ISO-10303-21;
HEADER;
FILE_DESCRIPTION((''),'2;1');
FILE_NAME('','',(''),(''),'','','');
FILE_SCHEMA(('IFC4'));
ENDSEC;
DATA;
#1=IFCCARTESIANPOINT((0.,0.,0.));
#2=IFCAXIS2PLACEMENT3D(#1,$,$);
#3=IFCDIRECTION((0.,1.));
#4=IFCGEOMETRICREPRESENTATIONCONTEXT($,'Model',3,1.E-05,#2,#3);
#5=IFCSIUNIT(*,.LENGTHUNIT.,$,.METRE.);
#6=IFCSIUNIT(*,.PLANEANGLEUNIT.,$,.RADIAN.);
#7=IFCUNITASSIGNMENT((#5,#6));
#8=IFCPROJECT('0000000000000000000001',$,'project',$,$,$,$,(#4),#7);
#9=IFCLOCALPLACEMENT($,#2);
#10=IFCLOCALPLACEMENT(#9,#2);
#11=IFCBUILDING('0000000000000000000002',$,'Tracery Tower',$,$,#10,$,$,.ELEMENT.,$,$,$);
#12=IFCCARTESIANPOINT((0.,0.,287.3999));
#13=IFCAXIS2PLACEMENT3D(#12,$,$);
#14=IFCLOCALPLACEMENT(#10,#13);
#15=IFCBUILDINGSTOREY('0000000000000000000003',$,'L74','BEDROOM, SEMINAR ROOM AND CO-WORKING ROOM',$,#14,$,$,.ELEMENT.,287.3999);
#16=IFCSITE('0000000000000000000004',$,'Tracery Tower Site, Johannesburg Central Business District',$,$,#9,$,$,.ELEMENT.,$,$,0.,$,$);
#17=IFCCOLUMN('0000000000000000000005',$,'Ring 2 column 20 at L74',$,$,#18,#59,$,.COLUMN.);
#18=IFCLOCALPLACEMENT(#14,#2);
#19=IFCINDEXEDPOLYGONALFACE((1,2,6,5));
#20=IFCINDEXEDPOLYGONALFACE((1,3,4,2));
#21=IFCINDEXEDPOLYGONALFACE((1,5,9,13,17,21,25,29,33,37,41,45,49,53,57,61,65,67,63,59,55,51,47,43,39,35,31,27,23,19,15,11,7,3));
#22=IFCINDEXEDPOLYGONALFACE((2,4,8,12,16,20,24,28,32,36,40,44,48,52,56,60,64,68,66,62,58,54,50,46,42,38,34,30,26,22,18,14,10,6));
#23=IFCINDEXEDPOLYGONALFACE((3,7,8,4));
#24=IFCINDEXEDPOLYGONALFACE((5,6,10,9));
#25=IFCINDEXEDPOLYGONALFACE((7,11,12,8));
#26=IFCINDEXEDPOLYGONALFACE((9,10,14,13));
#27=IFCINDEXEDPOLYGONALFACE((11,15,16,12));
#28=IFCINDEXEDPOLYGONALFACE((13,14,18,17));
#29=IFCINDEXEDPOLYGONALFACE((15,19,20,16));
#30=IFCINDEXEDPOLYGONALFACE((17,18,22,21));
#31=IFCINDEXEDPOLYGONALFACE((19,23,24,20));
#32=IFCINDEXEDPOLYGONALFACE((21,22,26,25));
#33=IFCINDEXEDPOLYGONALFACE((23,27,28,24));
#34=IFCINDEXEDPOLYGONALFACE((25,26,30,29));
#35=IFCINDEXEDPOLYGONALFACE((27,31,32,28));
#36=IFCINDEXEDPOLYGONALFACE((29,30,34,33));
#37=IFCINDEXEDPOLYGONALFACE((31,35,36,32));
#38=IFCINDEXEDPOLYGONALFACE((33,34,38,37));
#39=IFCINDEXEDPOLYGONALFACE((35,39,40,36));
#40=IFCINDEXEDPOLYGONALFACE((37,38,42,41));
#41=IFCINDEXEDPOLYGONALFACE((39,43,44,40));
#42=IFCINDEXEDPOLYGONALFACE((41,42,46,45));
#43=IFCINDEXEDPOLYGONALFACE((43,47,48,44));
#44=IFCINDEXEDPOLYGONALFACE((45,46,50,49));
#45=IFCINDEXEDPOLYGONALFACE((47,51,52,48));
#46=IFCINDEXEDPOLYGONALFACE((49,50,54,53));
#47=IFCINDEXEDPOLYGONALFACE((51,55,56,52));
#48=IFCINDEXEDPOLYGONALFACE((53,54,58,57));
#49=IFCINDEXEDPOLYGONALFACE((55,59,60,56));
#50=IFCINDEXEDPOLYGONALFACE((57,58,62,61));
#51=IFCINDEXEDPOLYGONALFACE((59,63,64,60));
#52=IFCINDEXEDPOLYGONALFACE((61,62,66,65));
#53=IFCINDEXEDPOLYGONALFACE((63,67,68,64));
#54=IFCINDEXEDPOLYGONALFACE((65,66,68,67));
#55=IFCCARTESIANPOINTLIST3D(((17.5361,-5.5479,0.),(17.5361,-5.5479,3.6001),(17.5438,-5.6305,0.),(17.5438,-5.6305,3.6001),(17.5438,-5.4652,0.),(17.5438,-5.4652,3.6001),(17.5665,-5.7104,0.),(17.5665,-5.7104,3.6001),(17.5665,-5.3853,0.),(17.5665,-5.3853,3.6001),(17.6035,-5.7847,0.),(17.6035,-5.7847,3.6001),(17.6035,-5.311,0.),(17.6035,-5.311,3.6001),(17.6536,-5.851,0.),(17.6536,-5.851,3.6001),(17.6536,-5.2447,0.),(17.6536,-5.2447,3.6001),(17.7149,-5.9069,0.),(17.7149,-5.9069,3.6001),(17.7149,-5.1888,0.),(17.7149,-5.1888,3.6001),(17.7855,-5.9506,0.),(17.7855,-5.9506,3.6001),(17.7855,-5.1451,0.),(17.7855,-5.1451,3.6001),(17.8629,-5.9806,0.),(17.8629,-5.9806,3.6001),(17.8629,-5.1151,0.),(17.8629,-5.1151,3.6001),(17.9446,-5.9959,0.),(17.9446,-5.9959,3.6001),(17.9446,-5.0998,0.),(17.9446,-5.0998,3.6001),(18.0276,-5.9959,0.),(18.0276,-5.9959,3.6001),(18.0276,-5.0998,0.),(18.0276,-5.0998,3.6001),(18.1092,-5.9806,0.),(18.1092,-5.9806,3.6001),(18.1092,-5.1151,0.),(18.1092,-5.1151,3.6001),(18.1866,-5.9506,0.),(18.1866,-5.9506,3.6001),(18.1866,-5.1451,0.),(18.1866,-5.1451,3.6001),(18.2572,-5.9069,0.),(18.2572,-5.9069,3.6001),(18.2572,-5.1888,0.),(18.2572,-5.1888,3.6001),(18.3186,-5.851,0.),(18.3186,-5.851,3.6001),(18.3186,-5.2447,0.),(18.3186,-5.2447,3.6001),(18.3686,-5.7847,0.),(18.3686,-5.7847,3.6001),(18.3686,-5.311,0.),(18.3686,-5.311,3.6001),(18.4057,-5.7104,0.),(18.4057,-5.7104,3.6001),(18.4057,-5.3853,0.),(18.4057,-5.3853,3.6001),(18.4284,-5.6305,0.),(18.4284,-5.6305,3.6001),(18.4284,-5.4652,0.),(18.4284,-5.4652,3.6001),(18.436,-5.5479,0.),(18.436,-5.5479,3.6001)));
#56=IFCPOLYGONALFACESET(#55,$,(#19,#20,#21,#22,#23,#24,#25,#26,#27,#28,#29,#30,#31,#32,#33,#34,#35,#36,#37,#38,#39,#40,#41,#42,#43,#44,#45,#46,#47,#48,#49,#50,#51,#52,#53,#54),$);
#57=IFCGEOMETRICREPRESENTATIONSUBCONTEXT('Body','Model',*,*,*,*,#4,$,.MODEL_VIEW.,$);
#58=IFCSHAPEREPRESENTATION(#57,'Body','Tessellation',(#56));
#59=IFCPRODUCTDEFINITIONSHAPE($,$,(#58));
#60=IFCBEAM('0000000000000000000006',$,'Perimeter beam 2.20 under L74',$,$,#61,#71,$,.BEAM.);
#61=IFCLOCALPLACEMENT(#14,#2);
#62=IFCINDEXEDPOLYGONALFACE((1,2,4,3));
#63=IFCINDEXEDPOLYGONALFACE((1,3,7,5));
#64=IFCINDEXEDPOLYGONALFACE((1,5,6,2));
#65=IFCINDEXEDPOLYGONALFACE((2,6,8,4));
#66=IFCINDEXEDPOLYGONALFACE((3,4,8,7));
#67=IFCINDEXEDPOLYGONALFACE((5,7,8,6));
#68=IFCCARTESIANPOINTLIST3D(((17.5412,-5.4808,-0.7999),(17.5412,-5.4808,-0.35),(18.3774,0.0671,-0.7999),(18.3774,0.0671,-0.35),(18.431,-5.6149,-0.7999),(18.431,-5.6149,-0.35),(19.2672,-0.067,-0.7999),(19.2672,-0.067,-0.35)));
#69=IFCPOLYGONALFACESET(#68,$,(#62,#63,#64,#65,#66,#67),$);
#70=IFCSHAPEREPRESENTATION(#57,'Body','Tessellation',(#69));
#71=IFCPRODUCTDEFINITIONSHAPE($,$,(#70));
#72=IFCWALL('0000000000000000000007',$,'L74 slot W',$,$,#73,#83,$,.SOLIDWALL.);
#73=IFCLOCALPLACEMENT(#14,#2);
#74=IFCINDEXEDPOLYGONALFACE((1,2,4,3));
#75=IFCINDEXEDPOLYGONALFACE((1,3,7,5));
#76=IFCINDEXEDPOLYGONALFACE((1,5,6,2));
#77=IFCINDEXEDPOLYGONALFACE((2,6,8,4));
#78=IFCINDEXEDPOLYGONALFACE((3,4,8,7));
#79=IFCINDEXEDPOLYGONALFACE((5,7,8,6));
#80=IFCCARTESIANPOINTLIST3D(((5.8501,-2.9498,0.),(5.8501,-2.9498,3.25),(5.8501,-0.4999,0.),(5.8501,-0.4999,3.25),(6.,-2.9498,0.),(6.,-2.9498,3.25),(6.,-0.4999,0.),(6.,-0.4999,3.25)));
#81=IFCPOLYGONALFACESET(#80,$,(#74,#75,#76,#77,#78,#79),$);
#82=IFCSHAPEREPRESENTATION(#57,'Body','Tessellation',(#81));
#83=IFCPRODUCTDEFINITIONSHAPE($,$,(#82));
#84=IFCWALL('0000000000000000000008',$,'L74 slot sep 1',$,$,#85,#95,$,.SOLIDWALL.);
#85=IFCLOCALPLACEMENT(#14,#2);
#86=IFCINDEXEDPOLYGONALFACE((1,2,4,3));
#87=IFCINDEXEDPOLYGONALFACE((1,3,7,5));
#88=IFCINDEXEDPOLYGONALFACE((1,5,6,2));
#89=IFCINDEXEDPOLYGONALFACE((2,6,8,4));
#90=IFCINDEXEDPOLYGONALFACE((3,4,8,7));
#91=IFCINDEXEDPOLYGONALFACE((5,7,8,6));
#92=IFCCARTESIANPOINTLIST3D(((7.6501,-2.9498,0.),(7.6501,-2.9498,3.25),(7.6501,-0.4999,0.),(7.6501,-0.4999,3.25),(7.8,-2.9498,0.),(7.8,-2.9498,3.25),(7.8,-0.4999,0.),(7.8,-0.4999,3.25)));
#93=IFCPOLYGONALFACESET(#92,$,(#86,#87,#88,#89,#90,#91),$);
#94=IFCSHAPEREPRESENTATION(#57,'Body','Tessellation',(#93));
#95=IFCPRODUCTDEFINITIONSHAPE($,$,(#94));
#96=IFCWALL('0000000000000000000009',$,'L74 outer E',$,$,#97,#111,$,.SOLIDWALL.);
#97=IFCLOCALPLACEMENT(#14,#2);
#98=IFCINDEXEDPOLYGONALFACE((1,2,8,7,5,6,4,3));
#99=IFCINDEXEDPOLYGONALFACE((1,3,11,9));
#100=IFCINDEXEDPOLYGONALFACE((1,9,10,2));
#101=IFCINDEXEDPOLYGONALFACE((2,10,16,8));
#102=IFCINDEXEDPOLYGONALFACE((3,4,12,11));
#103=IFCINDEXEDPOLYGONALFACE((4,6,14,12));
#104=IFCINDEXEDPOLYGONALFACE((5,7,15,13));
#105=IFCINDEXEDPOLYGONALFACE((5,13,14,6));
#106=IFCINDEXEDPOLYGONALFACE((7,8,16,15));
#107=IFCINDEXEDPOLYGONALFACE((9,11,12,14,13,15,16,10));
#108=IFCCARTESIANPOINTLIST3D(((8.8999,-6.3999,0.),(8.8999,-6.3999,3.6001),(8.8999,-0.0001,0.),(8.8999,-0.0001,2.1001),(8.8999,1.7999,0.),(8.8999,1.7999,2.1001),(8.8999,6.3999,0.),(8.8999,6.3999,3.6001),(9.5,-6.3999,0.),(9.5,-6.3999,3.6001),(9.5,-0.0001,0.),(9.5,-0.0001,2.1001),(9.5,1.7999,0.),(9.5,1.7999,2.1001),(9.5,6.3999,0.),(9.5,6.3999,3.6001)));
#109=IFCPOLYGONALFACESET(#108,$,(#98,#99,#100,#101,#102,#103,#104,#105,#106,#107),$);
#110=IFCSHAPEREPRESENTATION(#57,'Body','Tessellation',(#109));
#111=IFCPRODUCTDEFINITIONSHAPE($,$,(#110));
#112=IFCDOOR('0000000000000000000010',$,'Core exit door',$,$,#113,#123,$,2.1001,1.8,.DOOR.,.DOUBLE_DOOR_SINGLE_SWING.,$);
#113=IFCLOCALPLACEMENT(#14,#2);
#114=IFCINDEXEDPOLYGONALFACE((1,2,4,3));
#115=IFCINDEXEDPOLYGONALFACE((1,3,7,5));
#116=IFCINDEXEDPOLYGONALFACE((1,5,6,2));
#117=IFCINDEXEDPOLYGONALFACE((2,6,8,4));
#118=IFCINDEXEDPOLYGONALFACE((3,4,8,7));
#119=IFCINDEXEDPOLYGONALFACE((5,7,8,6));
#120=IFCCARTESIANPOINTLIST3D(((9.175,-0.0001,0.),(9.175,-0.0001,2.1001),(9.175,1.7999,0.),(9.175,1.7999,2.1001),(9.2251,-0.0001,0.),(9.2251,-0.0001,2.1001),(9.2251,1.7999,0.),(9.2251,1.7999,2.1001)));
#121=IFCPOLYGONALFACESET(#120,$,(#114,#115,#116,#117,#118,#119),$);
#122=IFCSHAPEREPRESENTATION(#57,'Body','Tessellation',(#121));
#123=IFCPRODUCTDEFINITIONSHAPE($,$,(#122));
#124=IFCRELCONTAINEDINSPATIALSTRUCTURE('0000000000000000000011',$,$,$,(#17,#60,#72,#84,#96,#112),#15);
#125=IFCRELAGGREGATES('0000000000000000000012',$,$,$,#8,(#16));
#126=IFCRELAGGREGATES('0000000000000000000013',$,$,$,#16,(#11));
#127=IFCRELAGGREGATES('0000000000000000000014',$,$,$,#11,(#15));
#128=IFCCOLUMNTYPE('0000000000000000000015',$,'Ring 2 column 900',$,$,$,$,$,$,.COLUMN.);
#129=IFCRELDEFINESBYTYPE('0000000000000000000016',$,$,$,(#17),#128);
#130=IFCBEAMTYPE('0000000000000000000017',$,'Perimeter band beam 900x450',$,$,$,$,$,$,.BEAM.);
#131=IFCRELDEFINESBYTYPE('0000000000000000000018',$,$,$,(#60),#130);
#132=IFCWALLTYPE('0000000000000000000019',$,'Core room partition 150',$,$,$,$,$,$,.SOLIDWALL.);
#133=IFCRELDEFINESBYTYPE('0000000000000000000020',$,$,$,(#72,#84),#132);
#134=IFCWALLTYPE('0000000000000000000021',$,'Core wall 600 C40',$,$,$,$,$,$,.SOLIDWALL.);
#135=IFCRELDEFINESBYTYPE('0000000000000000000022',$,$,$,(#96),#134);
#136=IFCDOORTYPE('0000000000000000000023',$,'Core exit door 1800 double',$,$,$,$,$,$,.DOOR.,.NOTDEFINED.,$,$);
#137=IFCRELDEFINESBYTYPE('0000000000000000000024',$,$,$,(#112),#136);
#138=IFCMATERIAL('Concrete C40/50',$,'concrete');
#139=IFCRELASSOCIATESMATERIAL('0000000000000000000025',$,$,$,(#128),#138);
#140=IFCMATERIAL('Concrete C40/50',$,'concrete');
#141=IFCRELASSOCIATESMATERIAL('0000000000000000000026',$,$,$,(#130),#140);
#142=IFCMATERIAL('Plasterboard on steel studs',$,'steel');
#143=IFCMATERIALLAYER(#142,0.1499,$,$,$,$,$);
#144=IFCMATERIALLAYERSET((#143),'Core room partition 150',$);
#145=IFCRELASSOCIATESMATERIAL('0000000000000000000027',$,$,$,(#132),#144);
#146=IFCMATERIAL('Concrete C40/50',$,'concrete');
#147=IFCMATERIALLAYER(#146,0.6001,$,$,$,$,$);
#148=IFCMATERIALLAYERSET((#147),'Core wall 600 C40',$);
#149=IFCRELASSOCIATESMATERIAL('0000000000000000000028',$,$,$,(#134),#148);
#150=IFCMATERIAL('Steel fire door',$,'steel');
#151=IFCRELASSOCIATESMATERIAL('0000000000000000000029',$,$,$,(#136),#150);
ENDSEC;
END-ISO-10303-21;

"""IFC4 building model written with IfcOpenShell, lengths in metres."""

from ifc_helpers import new_model, si_unit, direction, frame, frame_2d, origin, origin_2d, place, context, subcontext, project, spatial, rectangle, circle, extrude, material, layer, layer_set, material_profile, profile_set, type_object, element, fill, save


model = new_model("IFC4")

# Units and contexts
model_context = context("Model", 3, precision=1e-05, world=origin(), true_north=direction((0.0, 1.0)))
body_context = subcontext(model_context, "Body", "Model", "MODEL_VIEW")
ifc_project = project(units=[si_unit("LENGTHUNIT", "METRE"), si_unit("PLANEANGLEUNIT", "RADIAN")], contexts=[model_context])

# Site, building, storey
site_placement = place(None, origin())
site = spatial("IfcSite", under=ifc_project, at=site_placement, Name="Tracery Tower Site, Johannesburg Central Business District", CompositionType="ELEMENT", RefElevation=0.0)
building_placement = place(site_placement, origin())
building = spatial("IfcBuilding", under=site, at=building_placement, Name="Tracery Tower", CompositionType="ELEMENT")
storey_placement = place(building_placement, frame((0.0, 0.0, 287.3999)))
storey = spatial("IfcBuildingStorey", under=building, at=storey_placement, Name="L74", Description="BEDROOM, SEMINAR ROOM AND CO-WORKING ROOM", CompositionType="ELEMENT", Elevation=287.3999)

# Column
ifc_material_1 = material(Name="Concrete C40/50", Category="concrete")
ifc_material_profile_1 = material_profile(ifc_material_1, circle(Radius=0.45, at=origin_2d()), Name="RC D900")
ifc_profile_set_1 = profile_set([ifc_material_profile_1], Name="Concrete C40/50")
column_type = type_object("IfcColumnType", Name="Ring 2 column 900", PredefinedType="COLUMN", material=ifc_profile_set_1)
column_placement = place(storey_placement, frame((17.9861, -5.5479, 0.0), z_axis=(0.0, 0.0, 1.0), x_axis=(1.0, 0.0, 0.0)))
element("IfcColumn", 1, at=column_placement, inside=storey, type_object=column_type, Name="Ring 2 column 20 at L74", PredefinedType="COLUMN", context=body_context, shape_type="SweptSolid", body=[
    extrude(circle(Radius=0.45, at=origin_2d()), origin(), (0.0, 0.0, 1.0), 3.6001),
])

# Beam
ifc_material_2 = material(Name="Concrete C40/50", Category="concrete")
ifc_material_profile_2 = material_profile(ifc_material_2, rectangle(XDim=0.8999, YDim=0.45, at=origin_2d()), Name="RC 900x450")
ifc_profile_set_2 = profile_set([ifc_material_profile_2], Name="Concrete C40/50")
beam_type = type_object("IfcBeamType", Name="Perimeter band beam 900x450", PredefinedType="BEAM", material=ifc_profile_set_2)
beam_placement = place(storey_placement, frame((17.9861, -5.5479, -0.575), z_axis=(0.149038, 0.988831, 0.0), x_axis=(-0.988831, 0.149038, 0.0)))
element("IfcBeam", 2, at=beam_placement, inside=storey, type_object=beam_type, Name="Perimeter beam 2.20 under L74", PredefinedType="BEAM", context=body_context, shape_type="SweptSolid", body=[
    extrude(rectangle(XDim=0.8999, YDim=0.45, at=origin_2d()), origin(), (0.0, 0.0, 1.0), 5.6106),
])

# Walls
ifc_material_3 = material(Name="Plasterboard on steel studs", Category="steel")
ifc_layer_1 = layer(ifc_material_3, 0.1499)
ifc_layer_set_1 = layer_set([ifc_layer_1], Name="Core room partition 150")
wall_type_1 = type_object("IfcWallType", Name="Core room partition 150", PredefinedType="SOLIDWALL", material=ifc_layer_set_1)
for number, where, z_axis, x_axis, name in (
    (3, (5.925, -2.95, 0.0), (0.0, 0.0, 1.0), (0.0, 1.0, 0.0), "L74 slot W"),
    (4, (7.7251, -2.95, 0.0), (0.0, 0.0, 1.0), (0.0, 1.0, 0.0), "L74 slot sep 1"),
):
    element("IfcWall", number, at=place(storey_placement, frame(where, z_axis=z_axis, x_axis=x_axis)), inside=storey, type_object=wall_type_1, Name=name, PredefinedType="SOLIDWALL", context=body_context, shape_type="SweptSolid", body=[
        extrude(rectangle(XDim=2.45, YDim=0.1499, at=frame_2d((1.2251, 0.0))), origin(), (0.0, 0.0, 1.0), 3.25),
    ])

# Wall, opening, door
ifc_material_4 = material(Name="Concrete C40/50", Category="concrete")
ifc_layer_2 = layer(ifc_material_4, 0.6001)
ifc_layer_set_2 = layer_set([ifc_layer_2], Name="Core wall 600 C40")
wall_type_2 = type_object("IfcWallType", Name="Core wall 600 C40", PredefinedType="SOLIDWALL", material=ifc_layer_set_2)
wall_1_placement = place(storey_placement, frame((9.2, -6.3999, 0.0), z_axis=(0.0, 0.0, 1.0), x_axis=(0.0, 1.0, 0.0)))
wall_1 = element("IfcWall", 5, at=wall_1_placement, inside=storey, type_object=wall_type_2, Name="L74 outer E", PredefinedType="SOLIDWALL", context=body_context, shape_type="SweptSolid", body=[
    extrude(rectangle(XDim=12.7998, YDim=0.6001, at=frame_2d((6.3999, 0.0))), origin(), (0.0, 0.0, 1.0), 3.6001),
])
opening_1_placement = place(wall_1_placement, frame((6.3999, 0.0, 0.0)))
opening_1 = element("IfcOpeningElement", 6, at=opening_1_placement, cuts=wall_1, PredefinedType="OPENING", context=body_context, shape_type="SweptSolid", body=[
    extrude(rectangle(XDim=1.8, YDim=2.1001, at=frame_2d((0.8999, 1.05))), frame((0.0, 0.3, 0.0), z_axis=(0.0, -1.0, 0.0), x_axis=(1.0, 0.0, 0.0)), (0.0, 0.0, 1.0), 0.6001),
])
ifc_material_5 = material(Name="Steel fire door", Category="steel")
door_type_1 = type_object("IfcDoorType", Name="Core exit door 1800 double", OperationType="NOTDEFINED", PredefinedType="DOOR", material=ifc_material_5)
door_1_placement = place(opening_1_placement, origin())
door_1 = element("IfcDoor", 7, at=door_1_placement, inside=storey, type_object=door_type_1, Name="Core exit door", OperationType="DOUBLE_DOOR_SINGLE_SWING", OverallHeight=2.1001, OverallWidth=1.8, PredefinedType="DOOR", context=body_context, shape_type="SweptSolid", body=[
    extrude(rectangle(XDim=1.8, YDim=2.1001, at=frame_2d((0.8999, 1.05))), frame((0.0, 0.0249, 0.0), z_axis=(0.0, -1.0, 0.0), x_axis=(1.0, 0.0, 0.0)), (0.0, 0.0, 1.0), 0.05),
])
fill(opening_1, door_1)

save(model, "model.ifc")
